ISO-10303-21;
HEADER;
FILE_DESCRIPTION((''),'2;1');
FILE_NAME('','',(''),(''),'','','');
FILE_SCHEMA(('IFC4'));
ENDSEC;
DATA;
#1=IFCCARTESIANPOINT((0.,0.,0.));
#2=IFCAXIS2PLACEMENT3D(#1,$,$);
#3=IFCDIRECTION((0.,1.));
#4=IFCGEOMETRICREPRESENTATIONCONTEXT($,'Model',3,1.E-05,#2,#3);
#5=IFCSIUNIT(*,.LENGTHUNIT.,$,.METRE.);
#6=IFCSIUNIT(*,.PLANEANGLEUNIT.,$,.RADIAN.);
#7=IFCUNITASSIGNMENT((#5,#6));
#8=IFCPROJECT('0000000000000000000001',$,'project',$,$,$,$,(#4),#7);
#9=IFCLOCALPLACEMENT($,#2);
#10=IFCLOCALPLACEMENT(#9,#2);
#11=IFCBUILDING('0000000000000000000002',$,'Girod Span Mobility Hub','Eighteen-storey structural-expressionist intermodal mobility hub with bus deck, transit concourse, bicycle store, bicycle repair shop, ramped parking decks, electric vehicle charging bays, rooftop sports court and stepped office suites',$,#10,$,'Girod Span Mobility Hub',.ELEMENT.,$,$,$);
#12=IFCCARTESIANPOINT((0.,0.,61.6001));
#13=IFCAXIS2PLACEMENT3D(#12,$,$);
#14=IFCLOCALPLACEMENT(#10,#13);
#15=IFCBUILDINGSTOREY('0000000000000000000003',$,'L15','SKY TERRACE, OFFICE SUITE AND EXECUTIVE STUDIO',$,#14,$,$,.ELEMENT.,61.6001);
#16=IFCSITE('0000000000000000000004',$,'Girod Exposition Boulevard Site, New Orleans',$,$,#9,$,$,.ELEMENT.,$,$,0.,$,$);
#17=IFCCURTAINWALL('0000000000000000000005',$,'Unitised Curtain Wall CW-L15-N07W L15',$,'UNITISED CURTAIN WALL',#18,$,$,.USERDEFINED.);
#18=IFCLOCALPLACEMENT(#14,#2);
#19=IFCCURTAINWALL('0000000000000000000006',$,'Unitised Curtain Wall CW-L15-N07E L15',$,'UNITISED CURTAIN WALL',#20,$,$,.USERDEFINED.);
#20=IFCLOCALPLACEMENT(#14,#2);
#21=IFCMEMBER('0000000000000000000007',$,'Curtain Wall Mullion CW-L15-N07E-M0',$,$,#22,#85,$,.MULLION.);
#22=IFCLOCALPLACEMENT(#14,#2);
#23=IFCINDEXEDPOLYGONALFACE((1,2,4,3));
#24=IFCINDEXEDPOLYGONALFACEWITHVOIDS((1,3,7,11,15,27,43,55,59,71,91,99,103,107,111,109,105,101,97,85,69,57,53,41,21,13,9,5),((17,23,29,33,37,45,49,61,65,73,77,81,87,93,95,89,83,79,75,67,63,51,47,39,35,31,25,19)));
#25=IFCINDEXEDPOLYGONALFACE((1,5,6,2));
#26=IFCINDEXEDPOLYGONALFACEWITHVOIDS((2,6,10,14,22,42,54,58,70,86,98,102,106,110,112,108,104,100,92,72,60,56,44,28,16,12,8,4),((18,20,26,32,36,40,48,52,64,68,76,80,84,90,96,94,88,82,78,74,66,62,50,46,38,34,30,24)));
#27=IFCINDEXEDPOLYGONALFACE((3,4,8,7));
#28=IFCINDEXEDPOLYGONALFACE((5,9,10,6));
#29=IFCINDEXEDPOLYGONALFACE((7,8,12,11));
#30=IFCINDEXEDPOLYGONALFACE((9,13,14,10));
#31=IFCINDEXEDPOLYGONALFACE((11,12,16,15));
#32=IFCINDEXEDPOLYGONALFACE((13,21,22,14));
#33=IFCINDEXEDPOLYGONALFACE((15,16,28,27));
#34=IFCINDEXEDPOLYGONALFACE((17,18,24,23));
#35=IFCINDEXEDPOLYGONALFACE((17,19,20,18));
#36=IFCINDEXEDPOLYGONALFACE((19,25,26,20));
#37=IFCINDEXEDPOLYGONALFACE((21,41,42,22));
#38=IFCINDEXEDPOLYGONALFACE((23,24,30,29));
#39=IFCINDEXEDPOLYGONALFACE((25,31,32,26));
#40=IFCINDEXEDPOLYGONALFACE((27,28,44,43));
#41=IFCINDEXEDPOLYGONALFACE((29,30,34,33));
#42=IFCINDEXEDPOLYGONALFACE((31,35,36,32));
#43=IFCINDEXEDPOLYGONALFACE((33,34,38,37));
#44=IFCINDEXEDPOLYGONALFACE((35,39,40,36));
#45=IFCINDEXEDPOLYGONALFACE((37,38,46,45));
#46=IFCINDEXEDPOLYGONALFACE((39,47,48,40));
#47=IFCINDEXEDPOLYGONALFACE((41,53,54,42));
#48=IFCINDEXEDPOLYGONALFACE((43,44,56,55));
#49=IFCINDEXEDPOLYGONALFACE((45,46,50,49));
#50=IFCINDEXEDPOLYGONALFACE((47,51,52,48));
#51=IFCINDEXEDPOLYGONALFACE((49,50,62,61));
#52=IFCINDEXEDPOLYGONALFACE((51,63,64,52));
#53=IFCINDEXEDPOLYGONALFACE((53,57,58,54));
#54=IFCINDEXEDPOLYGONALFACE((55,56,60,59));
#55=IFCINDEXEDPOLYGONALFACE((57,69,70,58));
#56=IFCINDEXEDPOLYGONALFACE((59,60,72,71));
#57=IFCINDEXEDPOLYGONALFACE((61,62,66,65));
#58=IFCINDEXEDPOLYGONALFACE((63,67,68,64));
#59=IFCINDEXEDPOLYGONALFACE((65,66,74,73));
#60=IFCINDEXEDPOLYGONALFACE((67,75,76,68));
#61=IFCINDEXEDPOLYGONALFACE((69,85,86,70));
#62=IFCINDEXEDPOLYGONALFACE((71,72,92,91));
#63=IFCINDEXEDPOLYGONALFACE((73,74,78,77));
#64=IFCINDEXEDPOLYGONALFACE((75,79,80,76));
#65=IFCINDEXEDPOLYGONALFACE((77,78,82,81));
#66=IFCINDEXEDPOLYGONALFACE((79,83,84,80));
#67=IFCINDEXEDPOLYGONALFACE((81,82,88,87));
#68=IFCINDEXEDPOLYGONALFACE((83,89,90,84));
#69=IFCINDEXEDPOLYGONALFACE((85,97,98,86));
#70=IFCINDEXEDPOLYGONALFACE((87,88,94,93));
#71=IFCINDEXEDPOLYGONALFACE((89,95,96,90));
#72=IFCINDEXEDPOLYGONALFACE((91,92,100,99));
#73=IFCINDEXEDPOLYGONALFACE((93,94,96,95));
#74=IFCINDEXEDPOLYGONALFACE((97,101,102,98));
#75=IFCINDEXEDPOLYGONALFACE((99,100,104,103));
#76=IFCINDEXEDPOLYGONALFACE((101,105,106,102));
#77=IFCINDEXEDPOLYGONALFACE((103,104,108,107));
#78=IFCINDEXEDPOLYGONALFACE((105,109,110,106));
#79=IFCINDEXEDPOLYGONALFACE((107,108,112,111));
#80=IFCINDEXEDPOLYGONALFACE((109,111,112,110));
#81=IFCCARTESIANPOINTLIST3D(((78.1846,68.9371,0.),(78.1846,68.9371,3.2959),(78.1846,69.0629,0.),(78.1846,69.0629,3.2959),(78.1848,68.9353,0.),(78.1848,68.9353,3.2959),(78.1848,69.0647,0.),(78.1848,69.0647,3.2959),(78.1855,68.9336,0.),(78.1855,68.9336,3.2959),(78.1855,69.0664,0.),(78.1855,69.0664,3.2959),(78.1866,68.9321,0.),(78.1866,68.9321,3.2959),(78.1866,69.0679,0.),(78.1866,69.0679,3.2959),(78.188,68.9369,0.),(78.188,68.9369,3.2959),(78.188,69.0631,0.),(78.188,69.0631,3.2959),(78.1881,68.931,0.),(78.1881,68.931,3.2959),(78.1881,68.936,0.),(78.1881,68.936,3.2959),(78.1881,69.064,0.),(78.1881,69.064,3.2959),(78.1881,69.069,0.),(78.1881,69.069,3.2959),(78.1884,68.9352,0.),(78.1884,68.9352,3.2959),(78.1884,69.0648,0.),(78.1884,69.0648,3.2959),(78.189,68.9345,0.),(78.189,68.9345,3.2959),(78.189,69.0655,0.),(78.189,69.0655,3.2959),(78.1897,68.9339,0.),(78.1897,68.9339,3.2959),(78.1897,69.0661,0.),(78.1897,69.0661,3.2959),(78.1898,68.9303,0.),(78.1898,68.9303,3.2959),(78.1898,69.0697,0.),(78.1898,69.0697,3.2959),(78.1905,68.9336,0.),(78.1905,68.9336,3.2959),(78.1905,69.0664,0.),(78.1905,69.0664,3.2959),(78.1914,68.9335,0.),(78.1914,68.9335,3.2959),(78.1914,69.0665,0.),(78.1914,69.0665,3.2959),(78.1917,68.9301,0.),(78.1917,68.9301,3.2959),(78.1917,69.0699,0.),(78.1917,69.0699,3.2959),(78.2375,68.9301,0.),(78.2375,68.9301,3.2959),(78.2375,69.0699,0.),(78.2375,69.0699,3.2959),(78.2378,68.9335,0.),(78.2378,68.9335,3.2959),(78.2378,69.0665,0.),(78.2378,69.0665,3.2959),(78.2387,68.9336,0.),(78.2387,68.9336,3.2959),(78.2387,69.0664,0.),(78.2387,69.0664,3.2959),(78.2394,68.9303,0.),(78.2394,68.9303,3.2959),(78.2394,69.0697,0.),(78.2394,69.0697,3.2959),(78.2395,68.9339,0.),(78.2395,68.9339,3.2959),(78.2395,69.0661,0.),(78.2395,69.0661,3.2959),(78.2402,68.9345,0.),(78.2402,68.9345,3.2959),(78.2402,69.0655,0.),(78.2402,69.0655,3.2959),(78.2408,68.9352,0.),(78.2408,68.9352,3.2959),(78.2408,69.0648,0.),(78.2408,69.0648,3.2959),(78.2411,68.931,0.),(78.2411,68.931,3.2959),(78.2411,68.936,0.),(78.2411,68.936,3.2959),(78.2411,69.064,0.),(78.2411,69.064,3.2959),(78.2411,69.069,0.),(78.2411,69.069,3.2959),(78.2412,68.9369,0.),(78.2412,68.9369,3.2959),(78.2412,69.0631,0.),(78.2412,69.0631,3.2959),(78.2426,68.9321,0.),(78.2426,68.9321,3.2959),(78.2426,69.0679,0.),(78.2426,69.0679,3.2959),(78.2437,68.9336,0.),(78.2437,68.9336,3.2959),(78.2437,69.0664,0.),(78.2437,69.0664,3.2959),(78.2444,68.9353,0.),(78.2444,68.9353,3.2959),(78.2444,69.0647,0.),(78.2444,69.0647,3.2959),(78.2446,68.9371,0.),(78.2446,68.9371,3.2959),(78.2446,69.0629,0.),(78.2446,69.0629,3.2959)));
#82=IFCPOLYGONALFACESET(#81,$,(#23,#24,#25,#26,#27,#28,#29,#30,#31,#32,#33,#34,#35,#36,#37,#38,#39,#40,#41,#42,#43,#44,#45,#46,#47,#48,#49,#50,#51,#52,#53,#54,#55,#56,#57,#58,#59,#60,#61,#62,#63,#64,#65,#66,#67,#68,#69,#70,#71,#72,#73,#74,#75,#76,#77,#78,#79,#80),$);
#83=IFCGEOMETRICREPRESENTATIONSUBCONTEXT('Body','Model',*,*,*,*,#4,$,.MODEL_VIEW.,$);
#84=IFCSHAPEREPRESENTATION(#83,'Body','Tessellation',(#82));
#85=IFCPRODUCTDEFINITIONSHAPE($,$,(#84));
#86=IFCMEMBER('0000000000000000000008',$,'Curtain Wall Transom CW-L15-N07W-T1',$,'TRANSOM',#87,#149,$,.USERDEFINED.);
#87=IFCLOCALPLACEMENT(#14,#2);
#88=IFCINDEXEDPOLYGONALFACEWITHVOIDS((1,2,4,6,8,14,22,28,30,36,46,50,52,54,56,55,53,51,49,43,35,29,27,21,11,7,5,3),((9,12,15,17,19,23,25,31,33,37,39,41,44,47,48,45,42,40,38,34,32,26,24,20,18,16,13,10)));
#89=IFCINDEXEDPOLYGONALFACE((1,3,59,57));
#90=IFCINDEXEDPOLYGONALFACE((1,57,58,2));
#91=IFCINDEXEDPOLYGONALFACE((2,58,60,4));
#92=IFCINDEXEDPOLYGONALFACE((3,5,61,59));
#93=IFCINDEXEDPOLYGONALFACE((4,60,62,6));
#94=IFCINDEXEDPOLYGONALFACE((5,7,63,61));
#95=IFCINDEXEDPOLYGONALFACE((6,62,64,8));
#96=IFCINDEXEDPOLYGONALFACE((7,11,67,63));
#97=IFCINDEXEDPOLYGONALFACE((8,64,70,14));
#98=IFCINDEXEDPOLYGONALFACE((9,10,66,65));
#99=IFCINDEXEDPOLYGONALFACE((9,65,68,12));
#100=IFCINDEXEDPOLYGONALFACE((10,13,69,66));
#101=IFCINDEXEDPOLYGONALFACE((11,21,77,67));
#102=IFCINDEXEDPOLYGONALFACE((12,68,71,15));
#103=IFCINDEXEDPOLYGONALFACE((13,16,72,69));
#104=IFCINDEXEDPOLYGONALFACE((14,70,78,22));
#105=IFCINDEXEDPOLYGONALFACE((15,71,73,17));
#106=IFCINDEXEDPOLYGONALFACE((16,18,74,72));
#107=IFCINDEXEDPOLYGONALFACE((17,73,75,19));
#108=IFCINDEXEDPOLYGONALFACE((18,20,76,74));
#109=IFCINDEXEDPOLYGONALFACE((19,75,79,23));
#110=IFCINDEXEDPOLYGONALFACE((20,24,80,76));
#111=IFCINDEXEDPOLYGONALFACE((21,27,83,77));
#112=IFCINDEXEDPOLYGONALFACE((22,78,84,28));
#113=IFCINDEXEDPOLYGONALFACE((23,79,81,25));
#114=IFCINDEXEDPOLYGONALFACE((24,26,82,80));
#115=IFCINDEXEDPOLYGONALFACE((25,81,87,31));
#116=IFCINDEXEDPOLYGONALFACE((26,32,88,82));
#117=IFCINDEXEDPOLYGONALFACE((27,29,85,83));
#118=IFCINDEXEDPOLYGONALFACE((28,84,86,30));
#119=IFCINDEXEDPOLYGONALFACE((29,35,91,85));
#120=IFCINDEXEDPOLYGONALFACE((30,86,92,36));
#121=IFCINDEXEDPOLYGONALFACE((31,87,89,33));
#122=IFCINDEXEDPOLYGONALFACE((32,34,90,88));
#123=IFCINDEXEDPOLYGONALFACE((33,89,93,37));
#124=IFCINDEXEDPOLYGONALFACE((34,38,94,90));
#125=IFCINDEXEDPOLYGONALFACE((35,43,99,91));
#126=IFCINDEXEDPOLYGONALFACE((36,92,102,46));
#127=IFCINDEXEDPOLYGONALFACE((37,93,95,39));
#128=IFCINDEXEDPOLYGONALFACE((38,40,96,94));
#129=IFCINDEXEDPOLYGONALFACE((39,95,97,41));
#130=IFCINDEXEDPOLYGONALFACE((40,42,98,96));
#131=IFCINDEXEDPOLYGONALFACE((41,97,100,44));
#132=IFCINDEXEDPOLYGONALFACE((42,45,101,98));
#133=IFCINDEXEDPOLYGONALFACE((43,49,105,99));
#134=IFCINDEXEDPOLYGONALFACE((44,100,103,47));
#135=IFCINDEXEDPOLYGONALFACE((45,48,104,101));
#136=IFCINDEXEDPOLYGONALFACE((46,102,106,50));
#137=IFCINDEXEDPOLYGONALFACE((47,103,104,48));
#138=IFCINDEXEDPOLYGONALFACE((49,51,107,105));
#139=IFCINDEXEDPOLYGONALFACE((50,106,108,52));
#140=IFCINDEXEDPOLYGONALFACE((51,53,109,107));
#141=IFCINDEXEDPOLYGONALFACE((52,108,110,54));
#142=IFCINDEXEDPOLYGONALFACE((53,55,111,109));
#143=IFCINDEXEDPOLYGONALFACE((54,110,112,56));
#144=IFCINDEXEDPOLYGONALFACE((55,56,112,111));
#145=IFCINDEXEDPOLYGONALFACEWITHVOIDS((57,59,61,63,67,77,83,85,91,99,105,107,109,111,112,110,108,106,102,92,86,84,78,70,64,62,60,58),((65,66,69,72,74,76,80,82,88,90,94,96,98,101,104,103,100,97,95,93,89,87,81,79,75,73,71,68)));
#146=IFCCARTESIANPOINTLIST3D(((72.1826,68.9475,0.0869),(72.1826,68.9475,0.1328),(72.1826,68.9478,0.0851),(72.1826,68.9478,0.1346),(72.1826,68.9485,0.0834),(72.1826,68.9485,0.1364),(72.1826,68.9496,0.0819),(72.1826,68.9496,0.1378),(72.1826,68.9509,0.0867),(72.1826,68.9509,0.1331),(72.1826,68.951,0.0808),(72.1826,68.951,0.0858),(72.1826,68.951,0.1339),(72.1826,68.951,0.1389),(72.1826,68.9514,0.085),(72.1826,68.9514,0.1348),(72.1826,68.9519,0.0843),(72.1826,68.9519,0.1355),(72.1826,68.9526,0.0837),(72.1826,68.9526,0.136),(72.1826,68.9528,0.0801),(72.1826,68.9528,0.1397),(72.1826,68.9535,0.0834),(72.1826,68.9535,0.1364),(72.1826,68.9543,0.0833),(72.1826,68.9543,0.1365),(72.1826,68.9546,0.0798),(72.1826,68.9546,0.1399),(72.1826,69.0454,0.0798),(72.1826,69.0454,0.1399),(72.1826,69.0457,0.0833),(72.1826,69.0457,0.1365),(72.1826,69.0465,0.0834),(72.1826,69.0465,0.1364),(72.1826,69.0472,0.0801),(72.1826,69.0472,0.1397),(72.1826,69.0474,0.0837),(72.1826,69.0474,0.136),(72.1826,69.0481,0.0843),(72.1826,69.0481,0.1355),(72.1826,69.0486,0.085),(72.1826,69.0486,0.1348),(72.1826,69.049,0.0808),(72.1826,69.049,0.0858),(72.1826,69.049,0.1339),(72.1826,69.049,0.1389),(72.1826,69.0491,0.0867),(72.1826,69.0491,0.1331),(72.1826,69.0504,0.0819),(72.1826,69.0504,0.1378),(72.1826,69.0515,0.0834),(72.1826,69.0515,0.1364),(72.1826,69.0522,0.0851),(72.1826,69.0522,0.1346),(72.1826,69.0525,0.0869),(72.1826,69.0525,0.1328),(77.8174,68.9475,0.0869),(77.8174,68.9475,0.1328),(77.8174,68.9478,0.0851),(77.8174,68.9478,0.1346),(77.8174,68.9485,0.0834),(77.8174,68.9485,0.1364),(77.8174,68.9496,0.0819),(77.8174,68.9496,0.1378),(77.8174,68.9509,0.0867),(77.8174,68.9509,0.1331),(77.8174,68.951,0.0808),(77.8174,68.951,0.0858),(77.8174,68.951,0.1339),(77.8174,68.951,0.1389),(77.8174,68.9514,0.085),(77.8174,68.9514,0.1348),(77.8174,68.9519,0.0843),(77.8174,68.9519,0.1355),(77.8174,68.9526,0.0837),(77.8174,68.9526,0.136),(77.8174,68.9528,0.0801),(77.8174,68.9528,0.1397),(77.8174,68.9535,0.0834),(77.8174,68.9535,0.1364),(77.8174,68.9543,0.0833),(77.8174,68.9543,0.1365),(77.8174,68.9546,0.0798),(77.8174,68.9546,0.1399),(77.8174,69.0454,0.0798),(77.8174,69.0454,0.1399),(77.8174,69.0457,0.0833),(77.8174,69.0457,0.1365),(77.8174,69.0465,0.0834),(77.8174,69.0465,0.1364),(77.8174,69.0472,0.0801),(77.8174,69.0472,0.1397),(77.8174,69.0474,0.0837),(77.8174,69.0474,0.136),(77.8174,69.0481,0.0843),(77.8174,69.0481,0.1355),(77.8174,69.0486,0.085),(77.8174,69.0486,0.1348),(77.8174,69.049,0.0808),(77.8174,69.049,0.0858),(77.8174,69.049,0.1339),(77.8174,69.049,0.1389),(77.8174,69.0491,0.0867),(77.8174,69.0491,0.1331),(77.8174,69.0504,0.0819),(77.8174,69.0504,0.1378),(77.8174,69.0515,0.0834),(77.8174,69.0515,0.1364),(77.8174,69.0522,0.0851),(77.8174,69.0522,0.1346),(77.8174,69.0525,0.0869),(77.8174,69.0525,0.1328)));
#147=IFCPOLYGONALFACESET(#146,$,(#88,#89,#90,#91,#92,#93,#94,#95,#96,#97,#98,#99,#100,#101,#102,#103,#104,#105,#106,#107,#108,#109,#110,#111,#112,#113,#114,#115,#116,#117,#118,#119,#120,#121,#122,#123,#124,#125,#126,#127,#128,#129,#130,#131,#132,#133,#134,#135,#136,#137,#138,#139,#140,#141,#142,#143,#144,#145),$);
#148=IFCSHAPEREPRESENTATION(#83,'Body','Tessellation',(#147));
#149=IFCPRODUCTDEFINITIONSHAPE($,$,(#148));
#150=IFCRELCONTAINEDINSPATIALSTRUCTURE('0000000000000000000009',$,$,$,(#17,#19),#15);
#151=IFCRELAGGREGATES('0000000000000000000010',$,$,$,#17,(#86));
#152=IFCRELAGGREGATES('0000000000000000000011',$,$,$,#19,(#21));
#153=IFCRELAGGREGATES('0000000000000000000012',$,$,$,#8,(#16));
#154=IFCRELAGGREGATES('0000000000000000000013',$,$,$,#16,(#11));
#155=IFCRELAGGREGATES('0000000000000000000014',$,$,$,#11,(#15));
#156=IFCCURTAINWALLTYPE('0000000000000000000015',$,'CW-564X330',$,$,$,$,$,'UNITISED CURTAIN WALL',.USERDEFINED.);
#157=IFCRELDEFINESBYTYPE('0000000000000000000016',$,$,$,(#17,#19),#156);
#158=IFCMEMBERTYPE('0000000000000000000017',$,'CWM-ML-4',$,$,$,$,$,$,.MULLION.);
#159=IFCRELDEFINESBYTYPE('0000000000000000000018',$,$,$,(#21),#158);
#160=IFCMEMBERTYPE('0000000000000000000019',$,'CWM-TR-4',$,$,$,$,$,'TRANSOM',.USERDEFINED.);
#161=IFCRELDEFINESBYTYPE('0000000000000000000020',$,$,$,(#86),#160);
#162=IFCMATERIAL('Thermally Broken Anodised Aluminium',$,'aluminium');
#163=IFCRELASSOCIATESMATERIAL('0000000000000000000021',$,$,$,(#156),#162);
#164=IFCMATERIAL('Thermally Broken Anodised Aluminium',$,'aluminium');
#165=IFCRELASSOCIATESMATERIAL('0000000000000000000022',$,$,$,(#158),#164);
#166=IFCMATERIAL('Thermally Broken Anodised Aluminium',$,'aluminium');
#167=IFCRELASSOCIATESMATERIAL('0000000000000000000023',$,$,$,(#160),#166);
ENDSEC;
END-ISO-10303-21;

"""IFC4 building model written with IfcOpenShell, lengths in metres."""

from ifc_helpers import new_model, si_unit, direction, frame, origin, origin_2d, place, context, subcontext, project, spatial, hollow_rectangle, extrude, material, material_profile, profile_set, type_object, element, aggregate, save


model = new_model("IFC4")

# Units and contexts
model_context = context("Model", 3, precision=1e-05, world=origin(), true_north=direction((0.0, 1.0)))
body_context = subcontext(model_context, "Body", "Model", "MODEL_VIEW")
ifc_project = project(units=[si_unit("LENGTHUNIT", "METRE"), si_unit("PLANEANGLEUNIT", "RADIAN")], contexts=[model_context])

# Site, building, storey
site_placement = place(None, origin())
site = spatial("IfcSite", under=ifc_project, at=site_placement, Name="Girod Exposition Boulevard Site, New Orleans", CompositionType="ELEMENT", RefElevation=0.0)
building_placement = place(site_placement, origin())
building = spatial("IfcBuilding", under=site, at=building_placement, Name="Girod Span Mobility Hub", Description="Eighteen-storey structural-expressionist intermodal mobility hub with bus deck, transit concourse, bicycle store, bicycle repair shop, ramped parking decks, electric vehicle charging bays, rooftop sports court and stepped office suites", LongName="Girod Span Mobility Hub", CompositionType="ELEMENT")
storey_placement = place(building_placement, frame((0.0, 0.0, 61.6001)))
storey = spatial("IfcBuildingStorey", under=building, at=storey_placement, Name="L15", Description="SKY TERRACE, OFFICE SUITE AND EXECUTIVE STUDIO", CompositionType="ELEMENT", Elevation=61.6001)

# Curtain wall
ifc_material_1 = material(Name="Thermally Broken Anodised Aluminium", Category="aluminium")
curtain_wall_type = type_object("IfcCurtainWallType", Name="CW-564X330", ElementType="UNITISED CURTAIN WALL", PredefinedType="USERDEFINED", material=ifc_material_1)
curtain_wall_1_placement = place(storey_placement, origin())
curtain_wall_1 = element("IfcCurtainWall", 1, at=curtain_wall_1_placement, inside=storey, type_object=curtain_wall_type, Name="Unitised Curtain Wall CW-L15-N07W L15", ObjectType="UNITISED CURTAIN WALL", PredefinedType="USERDEFINED")
ifc_material_2 = material(Name="Thermally Broken Anodised Aluminium", Category="aluminium")
ifc_material_profile_1 = material_profile(ifc_material_2, hollow_rectangle(XDim=0.1399, YDim=0.0601, WallThickness=0.0034, InnerFilletRadius=0.0034, OuterFilletRadius=0.0071, at=origin_2d()), Name="CW-ML-60X140")
ifc_profile_set_1 = profile_set([ifc_material_profile_1], Name="Thermally Broken Anodised Aluminium")
member_type_1 = type_object("IfcMemberType", Name="CWM-ML-4", PredefinedType="MULLION", material=ifc_profile_set_1)

# Curtain wall, member
curtain_wall_2_placement = place(storey_placement, origin())
curtain_wall_2 = element("IfcCurtainWall", 2, at=curtain_wall_2_placement, inside=storey, type_object=curtain_wall_type, Name="Unitised Curtain Wall CW-L15-N07E L15", ObjectType="UNITISED CURTAIN WALL", PredefinedType="USERDEFINED")
member_1_placement = place(storey_placement, frame((78.2146, 69.0, 0.0), z_axis=(0.0, 0.0, 1.0), x_axis=(0.0, 1.0, 0.0)))
member_1 = element("IfcMember", 3, at=member_1_placement, type_object=member_type_1, Name="Curtain Wall Mullion CW-L15-N07E-M0", PredefinedType="MULLION", context=body_context, shape_type="SweptSolid", body=[
    extrude(hollow_rectangle(XDim=0.1399, YDim=0.0601, WallThickness=0.0034, InnerFilletRadius=0.0034, OuterFilletRadius=0.0071, at=origin_2d()), origin(), (0.0, 0.0, 1.0), 3.2959),
])

# Member
ifc_material_3 = material(Name="Thermally Broken Anodised Aluminium", Category="aluminium")
ifc_material_profile_2 = material_profile(ifc_material_3, hollow_rectangle(XDim=0.105, YDim=0.0601, WallThickness=0.0034, InnerFilletRadius=0.0034, OuterFilletRadius=0.0071, at=origin_2d()), Name="CW-TR-60X105")
ifc_profile_set_2 = profile_set([ifc_material_profile_2], Name="Thermally Broken Anodised Aluminium")
member_type_2 = type_object("IfcMemberType", Name="CWM-TR-4", ElementType="TRANSOM", PredefinedType="USERDEFINED", material=ifc_profile_set_2)
member_2_placement = place(storey_placement, frame((72.1826, 69.0, 0.1099), z_axis=(1.0, 0.0, 0.0), x_axis=(0.0, 1.0, 0.0)))
member_2 = element("IfcMember", 4, at=member_2_placement, type_object=member_type_2, Name="Curtain Wall Transom CW-L15-N07W-T1", ObjectType="TRANSOM", PredefinedType="USERDEFINED", context=body_context, shape_type="SweptSolid", body=[
    extrude(hollow_rectangle(XDim=0.105, YDim=0.0601, WallThickness=0.0034, InnerFilletRadius=0.0034, OuterFilletRadius=0.0071, at=origin_2d()), origin(), (0.0, 0.0, 1.0), 5.6348),
])

aggregate(curtain_wall_1, [member_2])
aggregate(curtain_wall_2, [member_1])

save(model, "model.ifc")
